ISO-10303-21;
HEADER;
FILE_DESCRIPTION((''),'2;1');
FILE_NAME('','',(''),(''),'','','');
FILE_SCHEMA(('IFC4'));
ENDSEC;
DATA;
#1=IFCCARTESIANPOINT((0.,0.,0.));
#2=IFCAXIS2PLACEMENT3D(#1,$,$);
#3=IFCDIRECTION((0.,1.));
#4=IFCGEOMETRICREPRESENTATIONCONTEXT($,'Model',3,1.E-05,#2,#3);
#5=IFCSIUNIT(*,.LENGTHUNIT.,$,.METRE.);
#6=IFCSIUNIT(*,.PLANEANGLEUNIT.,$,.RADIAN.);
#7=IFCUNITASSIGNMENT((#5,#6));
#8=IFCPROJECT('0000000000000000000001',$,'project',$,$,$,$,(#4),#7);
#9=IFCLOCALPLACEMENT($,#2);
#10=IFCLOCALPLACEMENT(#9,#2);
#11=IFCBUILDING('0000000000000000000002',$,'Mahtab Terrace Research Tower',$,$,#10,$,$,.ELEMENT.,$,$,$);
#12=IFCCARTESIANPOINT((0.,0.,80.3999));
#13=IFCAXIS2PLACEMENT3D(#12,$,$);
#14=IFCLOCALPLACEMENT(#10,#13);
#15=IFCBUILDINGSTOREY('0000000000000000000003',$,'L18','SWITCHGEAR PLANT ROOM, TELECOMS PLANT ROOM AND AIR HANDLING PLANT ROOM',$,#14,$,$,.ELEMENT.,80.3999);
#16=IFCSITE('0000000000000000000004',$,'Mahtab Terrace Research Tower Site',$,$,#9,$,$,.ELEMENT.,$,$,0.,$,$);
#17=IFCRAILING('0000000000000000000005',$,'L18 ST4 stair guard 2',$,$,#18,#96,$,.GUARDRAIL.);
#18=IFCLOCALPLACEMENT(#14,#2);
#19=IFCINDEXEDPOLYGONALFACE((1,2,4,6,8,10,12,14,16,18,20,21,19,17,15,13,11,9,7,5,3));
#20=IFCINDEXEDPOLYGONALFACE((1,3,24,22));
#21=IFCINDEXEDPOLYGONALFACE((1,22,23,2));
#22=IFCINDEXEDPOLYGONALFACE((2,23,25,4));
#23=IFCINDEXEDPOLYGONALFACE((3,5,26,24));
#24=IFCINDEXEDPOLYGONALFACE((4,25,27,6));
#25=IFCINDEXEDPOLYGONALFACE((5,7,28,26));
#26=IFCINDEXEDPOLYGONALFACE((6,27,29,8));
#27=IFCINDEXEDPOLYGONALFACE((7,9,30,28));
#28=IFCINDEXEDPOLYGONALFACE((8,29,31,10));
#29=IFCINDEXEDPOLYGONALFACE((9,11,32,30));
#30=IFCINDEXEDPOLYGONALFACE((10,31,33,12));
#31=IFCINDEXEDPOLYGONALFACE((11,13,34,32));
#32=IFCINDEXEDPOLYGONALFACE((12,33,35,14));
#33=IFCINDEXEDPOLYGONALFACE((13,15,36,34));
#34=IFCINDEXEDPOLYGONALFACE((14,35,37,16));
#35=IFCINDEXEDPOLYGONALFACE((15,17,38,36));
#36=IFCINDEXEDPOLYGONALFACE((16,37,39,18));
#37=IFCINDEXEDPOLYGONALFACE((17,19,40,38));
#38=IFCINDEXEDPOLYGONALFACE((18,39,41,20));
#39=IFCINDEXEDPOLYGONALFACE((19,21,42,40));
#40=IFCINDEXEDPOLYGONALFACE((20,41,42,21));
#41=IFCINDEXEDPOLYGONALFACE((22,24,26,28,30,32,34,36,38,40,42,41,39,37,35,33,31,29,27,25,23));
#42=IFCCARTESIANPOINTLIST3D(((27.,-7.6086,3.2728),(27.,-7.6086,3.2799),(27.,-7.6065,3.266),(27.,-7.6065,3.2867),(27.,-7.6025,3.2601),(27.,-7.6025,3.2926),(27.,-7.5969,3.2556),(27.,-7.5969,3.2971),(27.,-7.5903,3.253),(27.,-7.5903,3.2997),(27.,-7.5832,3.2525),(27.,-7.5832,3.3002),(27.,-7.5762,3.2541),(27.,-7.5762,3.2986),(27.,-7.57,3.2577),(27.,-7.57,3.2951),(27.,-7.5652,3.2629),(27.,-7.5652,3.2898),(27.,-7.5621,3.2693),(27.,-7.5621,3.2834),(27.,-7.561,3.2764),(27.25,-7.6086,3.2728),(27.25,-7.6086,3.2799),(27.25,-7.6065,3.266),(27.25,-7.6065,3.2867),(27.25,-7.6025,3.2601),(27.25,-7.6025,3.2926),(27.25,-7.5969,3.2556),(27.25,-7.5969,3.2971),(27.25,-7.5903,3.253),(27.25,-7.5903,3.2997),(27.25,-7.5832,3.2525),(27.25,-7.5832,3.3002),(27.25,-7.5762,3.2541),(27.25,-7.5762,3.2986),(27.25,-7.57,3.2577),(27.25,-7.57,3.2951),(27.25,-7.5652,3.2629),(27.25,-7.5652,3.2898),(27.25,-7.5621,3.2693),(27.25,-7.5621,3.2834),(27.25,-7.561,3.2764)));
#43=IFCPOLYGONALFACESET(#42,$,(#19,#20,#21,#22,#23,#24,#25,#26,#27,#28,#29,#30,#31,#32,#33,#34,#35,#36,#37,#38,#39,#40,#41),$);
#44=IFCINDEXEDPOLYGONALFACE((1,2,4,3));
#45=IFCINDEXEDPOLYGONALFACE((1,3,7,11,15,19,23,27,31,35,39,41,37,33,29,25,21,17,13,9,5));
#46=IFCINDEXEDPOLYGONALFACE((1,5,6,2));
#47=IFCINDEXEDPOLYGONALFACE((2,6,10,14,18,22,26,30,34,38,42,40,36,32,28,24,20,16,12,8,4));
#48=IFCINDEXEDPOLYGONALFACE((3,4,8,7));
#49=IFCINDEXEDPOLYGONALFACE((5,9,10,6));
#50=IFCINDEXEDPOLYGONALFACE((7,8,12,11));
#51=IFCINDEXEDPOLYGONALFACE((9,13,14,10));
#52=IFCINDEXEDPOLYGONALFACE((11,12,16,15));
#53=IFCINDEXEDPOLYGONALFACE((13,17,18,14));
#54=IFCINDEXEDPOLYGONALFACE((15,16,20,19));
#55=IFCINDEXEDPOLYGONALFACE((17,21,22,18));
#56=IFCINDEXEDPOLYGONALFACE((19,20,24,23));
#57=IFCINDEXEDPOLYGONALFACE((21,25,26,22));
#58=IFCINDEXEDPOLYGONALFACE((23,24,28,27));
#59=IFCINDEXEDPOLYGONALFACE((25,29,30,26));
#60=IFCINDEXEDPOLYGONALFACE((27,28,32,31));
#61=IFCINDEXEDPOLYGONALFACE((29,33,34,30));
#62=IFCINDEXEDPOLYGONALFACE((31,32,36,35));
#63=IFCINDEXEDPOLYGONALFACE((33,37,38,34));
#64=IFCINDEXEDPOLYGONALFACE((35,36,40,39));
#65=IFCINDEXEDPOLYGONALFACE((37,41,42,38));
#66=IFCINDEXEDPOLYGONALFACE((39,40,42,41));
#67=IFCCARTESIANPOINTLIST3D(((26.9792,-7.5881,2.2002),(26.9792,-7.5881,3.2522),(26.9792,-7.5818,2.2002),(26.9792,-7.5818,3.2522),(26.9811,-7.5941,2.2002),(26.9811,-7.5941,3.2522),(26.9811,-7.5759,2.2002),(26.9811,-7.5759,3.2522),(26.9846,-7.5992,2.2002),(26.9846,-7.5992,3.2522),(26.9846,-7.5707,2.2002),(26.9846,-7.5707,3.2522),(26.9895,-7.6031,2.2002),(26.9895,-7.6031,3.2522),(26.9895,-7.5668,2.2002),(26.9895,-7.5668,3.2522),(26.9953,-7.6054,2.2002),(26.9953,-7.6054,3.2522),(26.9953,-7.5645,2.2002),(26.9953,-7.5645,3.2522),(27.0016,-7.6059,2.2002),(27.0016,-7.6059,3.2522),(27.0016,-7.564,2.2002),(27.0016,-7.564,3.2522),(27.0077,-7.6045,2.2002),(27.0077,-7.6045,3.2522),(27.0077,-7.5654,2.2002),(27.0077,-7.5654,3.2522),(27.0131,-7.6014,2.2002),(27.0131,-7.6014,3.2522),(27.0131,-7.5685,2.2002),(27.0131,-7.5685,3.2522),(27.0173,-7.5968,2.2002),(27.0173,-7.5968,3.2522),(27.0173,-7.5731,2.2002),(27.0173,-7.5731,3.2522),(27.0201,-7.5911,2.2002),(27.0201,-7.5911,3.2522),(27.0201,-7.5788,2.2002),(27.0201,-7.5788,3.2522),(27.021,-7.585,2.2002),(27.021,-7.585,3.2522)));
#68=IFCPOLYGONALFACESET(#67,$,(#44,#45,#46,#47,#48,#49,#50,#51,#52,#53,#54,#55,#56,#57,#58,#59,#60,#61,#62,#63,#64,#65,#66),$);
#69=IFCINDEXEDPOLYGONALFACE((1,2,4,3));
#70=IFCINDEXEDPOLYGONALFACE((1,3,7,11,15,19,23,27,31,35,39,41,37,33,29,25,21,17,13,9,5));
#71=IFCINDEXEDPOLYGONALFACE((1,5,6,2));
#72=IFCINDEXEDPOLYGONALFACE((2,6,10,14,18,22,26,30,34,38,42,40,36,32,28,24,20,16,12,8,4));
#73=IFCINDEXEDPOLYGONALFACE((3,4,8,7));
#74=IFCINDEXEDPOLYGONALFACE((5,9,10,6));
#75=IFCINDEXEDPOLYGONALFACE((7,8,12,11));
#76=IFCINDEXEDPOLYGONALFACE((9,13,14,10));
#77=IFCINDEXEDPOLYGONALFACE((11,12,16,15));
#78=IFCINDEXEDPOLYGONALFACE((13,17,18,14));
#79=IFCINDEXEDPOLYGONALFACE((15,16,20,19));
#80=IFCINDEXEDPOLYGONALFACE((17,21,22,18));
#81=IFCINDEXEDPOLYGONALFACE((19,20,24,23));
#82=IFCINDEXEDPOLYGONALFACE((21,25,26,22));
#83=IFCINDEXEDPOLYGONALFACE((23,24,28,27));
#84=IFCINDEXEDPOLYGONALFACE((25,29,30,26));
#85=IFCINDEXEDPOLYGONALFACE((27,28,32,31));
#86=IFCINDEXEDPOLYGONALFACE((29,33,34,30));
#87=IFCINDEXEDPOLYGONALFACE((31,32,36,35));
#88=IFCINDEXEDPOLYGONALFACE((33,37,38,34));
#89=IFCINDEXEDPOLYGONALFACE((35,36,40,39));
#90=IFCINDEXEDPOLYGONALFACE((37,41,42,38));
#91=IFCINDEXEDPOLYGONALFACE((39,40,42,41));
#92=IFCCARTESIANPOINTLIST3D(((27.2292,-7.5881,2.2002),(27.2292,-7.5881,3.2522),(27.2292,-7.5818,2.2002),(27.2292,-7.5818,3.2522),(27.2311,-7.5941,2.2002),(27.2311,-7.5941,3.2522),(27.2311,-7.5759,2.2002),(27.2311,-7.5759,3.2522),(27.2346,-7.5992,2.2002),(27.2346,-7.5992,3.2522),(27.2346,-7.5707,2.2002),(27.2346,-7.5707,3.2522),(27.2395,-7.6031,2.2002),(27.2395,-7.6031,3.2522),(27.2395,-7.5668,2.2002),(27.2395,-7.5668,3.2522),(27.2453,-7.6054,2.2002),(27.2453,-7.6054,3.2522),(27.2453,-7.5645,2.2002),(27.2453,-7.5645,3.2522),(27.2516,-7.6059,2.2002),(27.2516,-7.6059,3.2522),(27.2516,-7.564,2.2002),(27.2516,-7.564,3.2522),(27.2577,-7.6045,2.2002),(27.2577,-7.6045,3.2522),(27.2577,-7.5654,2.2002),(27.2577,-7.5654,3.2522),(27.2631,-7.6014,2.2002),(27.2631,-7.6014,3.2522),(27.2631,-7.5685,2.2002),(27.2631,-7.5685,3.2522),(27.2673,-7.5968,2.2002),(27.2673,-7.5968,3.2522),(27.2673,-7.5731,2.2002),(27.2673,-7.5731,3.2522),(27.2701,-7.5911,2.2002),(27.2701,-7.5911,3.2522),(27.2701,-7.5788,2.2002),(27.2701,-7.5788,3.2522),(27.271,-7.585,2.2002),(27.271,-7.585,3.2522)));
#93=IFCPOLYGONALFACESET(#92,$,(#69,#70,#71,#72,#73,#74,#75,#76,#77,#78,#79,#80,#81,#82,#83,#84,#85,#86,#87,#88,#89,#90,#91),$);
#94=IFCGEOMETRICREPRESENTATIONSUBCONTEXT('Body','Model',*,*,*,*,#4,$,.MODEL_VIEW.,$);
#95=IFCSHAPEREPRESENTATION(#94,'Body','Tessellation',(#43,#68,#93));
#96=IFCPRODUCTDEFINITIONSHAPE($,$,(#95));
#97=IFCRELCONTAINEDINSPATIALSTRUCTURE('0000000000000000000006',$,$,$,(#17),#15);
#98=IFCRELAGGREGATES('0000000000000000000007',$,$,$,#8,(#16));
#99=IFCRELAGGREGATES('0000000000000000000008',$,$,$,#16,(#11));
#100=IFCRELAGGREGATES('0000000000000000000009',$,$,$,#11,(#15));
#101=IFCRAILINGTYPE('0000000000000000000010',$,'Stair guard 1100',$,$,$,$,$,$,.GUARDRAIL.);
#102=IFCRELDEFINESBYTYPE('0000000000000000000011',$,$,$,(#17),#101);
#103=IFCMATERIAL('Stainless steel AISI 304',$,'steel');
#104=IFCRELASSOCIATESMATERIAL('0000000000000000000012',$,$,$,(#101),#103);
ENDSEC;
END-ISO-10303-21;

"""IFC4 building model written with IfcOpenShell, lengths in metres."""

from ifc_helpers import new_model, si_unit, direction, frame, origin, origin_2d, place, context, subcontext, project, spatial, circle, extrude, material, type_object, element, save


model = new_model("IFC4")

# Units and contexts
model_context = context("Model", 3, precision=1e-05, world=origin(), true_north=direction((0.0, 1.0)))
body_context = subcontext(model_context, "Body", "Model", "MODEL_VIEW")
ifc_project = project(units=[si_unit("LENGTHUNIT", "METRE"), si_unit("PLANEANGLEUNIT", "RADIAN")], contexts=[model_context])

# Site, building, storey
site_placement = place(None, origin())
site = spatial("IfcSite", under=ifc_project, at=site_placement, Name="Mahtab Terrace Research Tower Site", CompositionType="ELEMENT", RefElevation=0.0)
building_placement = place(site_placement, origin())
building = spatial("IfcBuilding", under=site, at=building_placement, Name="Mahtab Terrace Research Tower", CompositionType="ELEMENT")
storey_placement = place(building_placement, frame((0.0, 0.0, 80.3999)))
storey = spatial("IfcBuildingStorey", under=building, at=storey_placement, Name="L18", Description="SWITCHGEAR PLANT ROOM, TELECOMS PLANT ROOM AND AIR HANDLING PLANT ROOM", CompositionType="ELEMENT", Elevation=80.3999)

# Shared definitions
ifc_material_1 = material(Name="Stainless steel AISI 304", Category="steel")

# Railing
railing_type_1 = type_object("IfcRailingType", Name="Stair guard 1100", PredefinedType="GUARDRAIL", material=ifc_material_1)
railing_1_placement = place(storey_placement, frame((27.0, -7.585, 2.2002)))
element("IfcRailing", 1, at=railing_1_placement, inside=storey, type_object=railing_type_1, Name="L18 ST4 stair guard 2", PredefinedType="GUARDRAIL", context=body_context, shape_type="SweptSolid", body=[
    extrude(circle(Radius=0.0239, at=origin_2d()), frame((0.0, 0.0, 1.0762), z_axis=(1.0, 0.0, 0.0), x_axis=(0.0, 1.0, 0.0)), (0.0, 0.0, 1.0), 0.25),
    extrude(circle(Radius=0.021, at=origin_2d()), origin(), (0.0, 0.0, 1.0), 1.052),
    extrude(circle(Radius=0.021, at=origin_2d()), frame((0.25, 0.0, 0.0)), (0.0, 0.0, 1.0), 1.052),
])

save(model, "model.ifc")
